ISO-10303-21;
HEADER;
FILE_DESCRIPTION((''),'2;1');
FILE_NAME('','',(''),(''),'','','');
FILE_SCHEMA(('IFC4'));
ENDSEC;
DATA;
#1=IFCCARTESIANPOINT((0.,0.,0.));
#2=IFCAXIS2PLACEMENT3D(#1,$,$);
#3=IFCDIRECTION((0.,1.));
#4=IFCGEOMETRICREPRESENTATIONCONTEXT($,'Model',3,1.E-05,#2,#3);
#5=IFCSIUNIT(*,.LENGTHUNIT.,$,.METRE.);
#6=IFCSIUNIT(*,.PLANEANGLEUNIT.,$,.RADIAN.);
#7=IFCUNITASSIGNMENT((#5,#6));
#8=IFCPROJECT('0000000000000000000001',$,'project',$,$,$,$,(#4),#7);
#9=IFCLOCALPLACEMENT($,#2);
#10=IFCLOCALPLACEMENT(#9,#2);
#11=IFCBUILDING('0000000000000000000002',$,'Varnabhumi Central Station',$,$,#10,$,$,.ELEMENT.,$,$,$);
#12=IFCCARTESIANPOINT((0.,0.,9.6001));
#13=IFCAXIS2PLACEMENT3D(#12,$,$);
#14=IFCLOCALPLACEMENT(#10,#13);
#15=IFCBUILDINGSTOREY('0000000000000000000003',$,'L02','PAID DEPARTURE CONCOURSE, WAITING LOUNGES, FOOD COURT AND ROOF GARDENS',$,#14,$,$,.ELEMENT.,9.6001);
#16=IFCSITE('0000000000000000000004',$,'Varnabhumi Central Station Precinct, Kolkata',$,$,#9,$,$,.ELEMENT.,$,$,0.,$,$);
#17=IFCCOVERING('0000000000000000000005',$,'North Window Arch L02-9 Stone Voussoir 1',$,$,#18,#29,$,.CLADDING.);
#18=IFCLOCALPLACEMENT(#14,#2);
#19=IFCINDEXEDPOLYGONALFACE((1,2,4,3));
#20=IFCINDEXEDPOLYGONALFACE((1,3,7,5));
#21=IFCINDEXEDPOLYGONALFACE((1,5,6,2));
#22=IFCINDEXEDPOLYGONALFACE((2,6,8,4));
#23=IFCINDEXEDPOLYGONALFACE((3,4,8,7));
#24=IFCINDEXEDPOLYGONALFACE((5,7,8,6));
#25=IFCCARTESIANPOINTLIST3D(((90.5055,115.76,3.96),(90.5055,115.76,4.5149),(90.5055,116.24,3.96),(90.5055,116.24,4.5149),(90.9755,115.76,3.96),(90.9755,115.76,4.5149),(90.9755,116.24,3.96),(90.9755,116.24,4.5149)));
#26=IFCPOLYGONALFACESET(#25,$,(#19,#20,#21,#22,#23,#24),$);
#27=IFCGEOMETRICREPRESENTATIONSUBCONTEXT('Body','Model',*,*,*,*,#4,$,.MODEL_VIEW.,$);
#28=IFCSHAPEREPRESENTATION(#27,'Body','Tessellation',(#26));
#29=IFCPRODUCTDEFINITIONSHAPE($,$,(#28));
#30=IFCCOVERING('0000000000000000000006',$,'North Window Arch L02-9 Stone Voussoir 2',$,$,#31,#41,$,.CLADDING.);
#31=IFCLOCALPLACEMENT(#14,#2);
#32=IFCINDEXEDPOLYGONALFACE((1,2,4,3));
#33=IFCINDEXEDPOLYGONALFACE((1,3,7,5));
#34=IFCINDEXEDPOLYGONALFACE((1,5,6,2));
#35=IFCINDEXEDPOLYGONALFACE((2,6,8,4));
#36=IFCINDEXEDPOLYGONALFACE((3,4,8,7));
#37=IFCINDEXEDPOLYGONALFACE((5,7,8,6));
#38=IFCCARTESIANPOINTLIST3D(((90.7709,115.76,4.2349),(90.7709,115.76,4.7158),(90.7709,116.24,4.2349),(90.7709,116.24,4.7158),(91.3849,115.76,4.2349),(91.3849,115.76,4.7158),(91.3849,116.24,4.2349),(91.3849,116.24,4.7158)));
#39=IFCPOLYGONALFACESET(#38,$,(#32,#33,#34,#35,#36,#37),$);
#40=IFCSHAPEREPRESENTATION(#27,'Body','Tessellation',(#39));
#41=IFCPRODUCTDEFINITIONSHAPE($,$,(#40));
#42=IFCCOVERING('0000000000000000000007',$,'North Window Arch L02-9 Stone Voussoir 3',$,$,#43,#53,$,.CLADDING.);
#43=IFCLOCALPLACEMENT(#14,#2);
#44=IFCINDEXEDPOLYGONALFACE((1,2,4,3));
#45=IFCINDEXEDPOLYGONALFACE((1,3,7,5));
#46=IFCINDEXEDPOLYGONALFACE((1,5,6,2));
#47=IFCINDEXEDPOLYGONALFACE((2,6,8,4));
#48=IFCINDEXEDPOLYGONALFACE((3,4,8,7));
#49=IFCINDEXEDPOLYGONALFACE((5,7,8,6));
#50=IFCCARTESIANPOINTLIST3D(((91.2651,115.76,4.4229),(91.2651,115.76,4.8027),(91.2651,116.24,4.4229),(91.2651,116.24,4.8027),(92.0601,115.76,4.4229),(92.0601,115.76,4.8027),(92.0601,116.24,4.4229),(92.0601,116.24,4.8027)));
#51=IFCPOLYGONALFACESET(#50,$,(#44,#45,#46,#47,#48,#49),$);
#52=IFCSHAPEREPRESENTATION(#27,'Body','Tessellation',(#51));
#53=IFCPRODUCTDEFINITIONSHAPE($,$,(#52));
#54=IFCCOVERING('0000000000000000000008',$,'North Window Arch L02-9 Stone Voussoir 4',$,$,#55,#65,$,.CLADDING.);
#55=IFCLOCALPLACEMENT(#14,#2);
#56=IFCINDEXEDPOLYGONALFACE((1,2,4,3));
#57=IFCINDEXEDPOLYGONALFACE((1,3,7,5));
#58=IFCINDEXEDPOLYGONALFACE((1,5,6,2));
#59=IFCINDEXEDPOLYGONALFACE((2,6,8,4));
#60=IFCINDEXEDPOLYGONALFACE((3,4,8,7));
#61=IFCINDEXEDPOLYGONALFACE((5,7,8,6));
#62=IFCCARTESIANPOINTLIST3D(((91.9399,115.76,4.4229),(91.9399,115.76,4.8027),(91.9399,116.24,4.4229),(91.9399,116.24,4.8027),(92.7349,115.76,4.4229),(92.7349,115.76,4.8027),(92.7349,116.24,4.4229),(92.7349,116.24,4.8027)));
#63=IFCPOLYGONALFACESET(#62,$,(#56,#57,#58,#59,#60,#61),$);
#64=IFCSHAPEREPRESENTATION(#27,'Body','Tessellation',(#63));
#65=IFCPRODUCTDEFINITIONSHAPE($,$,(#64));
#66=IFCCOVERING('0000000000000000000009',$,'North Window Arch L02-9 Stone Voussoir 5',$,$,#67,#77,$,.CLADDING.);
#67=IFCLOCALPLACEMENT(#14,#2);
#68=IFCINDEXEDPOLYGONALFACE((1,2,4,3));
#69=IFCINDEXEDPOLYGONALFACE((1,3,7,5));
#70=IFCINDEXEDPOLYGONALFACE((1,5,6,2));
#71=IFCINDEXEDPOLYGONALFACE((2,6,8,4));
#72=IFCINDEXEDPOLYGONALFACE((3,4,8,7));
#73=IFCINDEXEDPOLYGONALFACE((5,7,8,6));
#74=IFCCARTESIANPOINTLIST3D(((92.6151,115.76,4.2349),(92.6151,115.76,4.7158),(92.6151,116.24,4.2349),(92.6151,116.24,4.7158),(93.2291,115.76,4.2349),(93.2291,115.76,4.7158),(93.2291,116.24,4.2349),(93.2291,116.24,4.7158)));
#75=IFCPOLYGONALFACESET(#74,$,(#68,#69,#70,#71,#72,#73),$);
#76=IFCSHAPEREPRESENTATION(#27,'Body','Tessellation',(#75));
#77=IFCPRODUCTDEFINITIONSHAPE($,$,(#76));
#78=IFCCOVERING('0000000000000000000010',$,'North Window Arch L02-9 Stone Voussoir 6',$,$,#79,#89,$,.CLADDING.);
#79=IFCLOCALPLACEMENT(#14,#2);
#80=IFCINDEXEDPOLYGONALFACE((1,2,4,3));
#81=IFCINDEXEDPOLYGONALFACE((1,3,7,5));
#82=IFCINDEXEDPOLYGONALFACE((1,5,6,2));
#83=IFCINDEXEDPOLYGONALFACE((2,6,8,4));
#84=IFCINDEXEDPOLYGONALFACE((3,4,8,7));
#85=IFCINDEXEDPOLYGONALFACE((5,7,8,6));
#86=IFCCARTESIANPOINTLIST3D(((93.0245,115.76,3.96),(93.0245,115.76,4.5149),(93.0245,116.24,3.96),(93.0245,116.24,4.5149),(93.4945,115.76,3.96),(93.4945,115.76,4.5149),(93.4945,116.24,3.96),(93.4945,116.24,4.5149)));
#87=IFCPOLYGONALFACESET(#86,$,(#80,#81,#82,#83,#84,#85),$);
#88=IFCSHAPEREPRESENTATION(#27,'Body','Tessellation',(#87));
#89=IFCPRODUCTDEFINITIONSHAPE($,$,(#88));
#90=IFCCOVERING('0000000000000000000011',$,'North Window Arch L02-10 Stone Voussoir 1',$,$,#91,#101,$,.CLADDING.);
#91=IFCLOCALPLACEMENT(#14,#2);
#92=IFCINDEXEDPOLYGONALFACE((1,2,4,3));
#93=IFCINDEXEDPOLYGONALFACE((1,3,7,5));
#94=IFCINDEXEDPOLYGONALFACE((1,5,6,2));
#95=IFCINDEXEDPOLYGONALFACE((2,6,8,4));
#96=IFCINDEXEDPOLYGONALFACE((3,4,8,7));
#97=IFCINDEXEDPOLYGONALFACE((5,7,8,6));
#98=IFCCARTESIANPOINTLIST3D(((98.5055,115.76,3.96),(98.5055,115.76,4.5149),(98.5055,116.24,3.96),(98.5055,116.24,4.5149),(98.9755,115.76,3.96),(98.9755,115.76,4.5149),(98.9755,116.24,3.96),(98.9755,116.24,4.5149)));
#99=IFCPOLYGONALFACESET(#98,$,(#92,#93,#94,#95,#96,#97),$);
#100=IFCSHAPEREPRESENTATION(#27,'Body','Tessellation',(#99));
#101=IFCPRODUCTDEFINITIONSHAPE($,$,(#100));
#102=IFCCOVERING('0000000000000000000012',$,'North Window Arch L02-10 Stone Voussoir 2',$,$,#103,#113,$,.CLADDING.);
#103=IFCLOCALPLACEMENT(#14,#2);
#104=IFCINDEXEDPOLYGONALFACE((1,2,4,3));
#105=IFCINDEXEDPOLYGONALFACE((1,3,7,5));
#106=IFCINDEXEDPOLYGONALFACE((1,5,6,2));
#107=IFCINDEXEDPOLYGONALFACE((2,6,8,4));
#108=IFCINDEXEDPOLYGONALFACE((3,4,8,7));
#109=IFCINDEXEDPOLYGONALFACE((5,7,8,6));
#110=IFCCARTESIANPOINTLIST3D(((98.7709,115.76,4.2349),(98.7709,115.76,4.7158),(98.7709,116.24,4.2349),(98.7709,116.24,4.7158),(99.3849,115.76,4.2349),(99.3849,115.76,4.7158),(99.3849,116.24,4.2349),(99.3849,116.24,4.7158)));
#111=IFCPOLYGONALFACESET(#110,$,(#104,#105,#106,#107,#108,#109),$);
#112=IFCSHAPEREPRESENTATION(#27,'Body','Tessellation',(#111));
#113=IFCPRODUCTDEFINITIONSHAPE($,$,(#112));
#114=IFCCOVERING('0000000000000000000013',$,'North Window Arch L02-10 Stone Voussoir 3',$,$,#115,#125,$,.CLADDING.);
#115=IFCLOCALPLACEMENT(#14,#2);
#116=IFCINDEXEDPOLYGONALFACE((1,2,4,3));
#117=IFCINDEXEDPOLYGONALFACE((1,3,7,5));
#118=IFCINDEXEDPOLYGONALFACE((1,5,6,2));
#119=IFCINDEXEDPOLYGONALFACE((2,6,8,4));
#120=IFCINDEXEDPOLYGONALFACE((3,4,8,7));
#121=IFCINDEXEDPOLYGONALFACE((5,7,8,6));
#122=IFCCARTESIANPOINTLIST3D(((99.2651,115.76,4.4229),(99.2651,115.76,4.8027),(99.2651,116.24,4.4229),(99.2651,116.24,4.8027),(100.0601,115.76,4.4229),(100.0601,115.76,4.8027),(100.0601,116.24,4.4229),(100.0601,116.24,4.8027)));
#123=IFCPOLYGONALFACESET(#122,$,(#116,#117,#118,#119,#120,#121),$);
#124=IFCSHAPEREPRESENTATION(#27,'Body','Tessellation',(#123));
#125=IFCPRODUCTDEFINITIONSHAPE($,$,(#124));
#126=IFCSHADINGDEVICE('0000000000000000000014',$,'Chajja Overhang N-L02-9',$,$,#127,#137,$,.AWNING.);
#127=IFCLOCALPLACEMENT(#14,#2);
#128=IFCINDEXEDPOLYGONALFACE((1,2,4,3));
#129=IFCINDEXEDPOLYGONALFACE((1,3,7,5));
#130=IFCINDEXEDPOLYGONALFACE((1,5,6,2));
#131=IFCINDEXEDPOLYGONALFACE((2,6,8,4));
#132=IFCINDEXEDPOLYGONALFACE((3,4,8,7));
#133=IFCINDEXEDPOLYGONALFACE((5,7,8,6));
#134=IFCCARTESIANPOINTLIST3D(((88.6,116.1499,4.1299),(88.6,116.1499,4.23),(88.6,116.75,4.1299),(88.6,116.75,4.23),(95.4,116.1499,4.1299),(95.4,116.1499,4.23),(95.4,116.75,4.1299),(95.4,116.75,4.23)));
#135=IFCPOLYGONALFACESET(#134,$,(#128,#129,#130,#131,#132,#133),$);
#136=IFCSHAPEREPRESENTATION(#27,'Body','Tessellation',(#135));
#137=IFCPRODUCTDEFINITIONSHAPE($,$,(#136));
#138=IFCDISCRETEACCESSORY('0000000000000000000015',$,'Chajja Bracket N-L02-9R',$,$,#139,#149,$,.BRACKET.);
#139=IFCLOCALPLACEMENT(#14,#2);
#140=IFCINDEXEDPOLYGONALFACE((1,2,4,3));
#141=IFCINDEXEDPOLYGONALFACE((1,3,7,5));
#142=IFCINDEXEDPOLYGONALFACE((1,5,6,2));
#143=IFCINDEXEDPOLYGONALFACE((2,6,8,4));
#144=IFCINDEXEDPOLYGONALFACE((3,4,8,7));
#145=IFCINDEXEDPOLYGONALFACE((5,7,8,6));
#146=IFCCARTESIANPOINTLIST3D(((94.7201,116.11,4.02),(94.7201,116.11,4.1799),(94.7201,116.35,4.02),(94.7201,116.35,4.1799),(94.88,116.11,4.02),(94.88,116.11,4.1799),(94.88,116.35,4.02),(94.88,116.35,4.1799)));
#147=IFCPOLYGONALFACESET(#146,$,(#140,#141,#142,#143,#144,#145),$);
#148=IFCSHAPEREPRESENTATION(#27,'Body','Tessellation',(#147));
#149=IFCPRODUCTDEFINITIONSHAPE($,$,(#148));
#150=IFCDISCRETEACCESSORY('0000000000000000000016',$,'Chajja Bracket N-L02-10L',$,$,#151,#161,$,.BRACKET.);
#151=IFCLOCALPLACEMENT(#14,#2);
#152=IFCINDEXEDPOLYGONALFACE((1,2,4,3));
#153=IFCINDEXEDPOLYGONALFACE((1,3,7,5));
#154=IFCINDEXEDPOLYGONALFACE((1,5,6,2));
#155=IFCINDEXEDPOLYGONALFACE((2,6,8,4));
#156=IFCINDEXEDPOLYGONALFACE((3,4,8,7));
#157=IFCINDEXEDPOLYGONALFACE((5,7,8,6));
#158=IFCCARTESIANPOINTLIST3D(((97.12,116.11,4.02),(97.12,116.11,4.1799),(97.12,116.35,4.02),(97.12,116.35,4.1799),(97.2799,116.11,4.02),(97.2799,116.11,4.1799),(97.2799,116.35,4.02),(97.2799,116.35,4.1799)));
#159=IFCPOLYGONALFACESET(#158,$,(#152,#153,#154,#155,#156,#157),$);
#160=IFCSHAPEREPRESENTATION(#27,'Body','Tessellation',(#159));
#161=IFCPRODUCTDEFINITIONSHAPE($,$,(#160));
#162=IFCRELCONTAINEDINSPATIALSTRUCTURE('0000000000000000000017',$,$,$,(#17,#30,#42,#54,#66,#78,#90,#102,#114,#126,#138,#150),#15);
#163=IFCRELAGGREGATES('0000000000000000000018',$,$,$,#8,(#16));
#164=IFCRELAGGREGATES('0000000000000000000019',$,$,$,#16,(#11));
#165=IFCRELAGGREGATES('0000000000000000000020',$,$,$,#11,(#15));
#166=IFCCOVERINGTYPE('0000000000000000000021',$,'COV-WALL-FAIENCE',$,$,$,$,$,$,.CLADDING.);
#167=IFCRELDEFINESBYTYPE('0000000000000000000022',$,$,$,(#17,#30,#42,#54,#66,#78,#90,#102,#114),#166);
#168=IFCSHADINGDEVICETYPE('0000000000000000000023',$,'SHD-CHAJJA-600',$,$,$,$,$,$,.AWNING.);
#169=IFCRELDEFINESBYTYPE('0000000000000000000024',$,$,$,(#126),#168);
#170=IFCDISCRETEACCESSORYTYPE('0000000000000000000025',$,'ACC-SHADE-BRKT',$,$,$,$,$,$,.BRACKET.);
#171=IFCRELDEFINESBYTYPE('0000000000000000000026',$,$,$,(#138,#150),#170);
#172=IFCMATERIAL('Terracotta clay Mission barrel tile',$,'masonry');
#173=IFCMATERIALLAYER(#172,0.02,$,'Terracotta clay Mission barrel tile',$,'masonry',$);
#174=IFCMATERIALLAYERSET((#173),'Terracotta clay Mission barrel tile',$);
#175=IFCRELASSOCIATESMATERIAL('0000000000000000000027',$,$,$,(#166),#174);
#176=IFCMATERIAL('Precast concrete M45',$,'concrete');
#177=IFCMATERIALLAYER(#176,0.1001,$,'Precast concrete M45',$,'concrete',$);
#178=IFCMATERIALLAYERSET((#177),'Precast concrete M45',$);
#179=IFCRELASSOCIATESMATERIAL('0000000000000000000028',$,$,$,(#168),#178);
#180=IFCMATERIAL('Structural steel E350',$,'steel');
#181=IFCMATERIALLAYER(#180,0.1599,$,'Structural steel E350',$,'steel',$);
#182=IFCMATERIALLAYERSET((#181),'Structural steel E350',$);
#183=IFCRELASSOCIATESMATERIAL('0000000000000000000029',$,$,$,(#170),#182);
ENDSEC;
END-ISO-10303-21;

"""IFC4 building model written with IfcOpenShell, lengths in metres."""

from ifc_helpers import new_model, si_unit, direction, frame, origin, origin_2d, place, context, subcontext, project, spatial, rectangle, extrude, material, layer, layer_set, type_object, element, save


model = new_model("IFC4")

# Units and contexts
model_context = context("Model", 3, precision=1e-05, world=origin(), true_north=direction((0.0, 1.0)))
body_context = subcontext(model_context, "Body", "Model", "MODEL_VIEW")
ifc_project = project(units=[si_unit("LENGTHUNIT", "METRE"), si_unit("PLANEANGLEUNIT", "RADIAN")], contexts=[model_context])

# Site, building, storey
site_placement = place(None, origin())
site = spatial("IfcSite", under=ifc_project, at=site_placement, Name="Varnabhumi Central Station Precinct, Kolkata", CompositionType="ELEMENT", RefElevation=0.0)
building_placement = place(site_placement, origin())
building = spatial("IfcBuilding", under=site, at=building_placement, Name="Varnabhumi Central Station", CompositionType="ELEMENT")
storey_placement = place(building_placement, frame((0.0, 0.0, 9.6001)))
storey = spatial("IfcBuildingStorey", under=building, at=storey_placement, Name="L02", Description="PAID DEPARTURE CONCOURSE, WAITING LOUNGES, FOOD COURT AND ROOF GARDENS", CompositionType="ELEMENT", Elevation=9.6001)

# Shared definitions
ifc_material_1 = material(Name="Structural steel E350", Category="steel")

# Coverings
ifc_material_2 = material(Name="Terracotta clay Mission barrel tile", Category="masonry")
ifc_layer_1 = layer(ifc_material_2, 0.02, Name="Terracotta clay Mission barrel tile", Category="masonry")
ifc_layer_set_1 = layer_set([ifc_layer_1], Name="Terracotta clay Mission barrel tile")
covering_type = type_object("IfcCoveringType", Name="COV-WALL-FAIENCE", PredefinedType="CLADDING", material=ifc_layer_set_1)
covering_1_placement = place(storey_placement, frame((90.7405, 116.0, 3.96), z_axis=(0.0, 0.0, 1.0), x_axis=(1.0, 0.0, 0.0)))
element("IfcCovering", 1, at=covering_1_placement, inside=storey, type_object=covering_type, Name="North Window Arch L02-9 Stone Voussoir 1", PredefinedType="CLADDING", context=body_context, shape_type="SweptSolid", body=[
    extrude(rectangle(XDim=0.47, YDim=0.48, at=origin_2d()), origin(), (0.0, 0.0, 1.0), 0.5549),
])
covering_2_placement = place(storey_placement, frame((91.0779, 116.0, 4.2349), z_axis=(0.0, 0.0, 1.0), x_axis=(1.0, 0.0, 0.0)))
element("IfcCovering", 2, at=covering_2_placement, inside=storey, type_object=covering_type, Name="North Window Arch L02-9 Stone Voussoir 2", PredefinedType="CLADDING", context=body_context, shape_type="SweptSolid", body=[
    extrude(rectangle(XDim=0.614, YDim=0.48, at=origin_2d()), origin(), (0.0, 0.0, 1.0), 0.481),
])
for number, where, z_axis, x_axis, name in (
    (3, (91.6626, 116.0, 4.4229), (0.0, 0.0, 1.0), (1.0, 0.0, 0.0), "North Window Arch L02-9 Stone Voussoir 3"),
    (4, (92.3374, 116.0, 4.4229), (0.0, 0.0, 1.0), (1.0, 0.0, 0.0), "North Window Arch L02-9 Stone Voussoir 4"),
):
    element("IfcCovering", number, at=place(storey_placement, frame(where, z_axis=z_axis, x_axis=x_axis)), inside=storey, type_object=covering_type, Name=name, PredefinedType="CLADDING", context=body_context, shape_type="SweptSolid", body=[
        extrude(rectangle(XDim=0.7949, YDim=0.48, at=origin_2d()), origin(), (0.0, 0.0, 1.0), 0.3799),
    ])
covering_3_placement = place(storey_placement, frame((92.9221, 116.0, 4.2349), z_axis=(0.0, 0.0, 1.0), x_axis=(1.0, 0.0, 0.0)))
element("IfcCovering", 5, at=covering_3_placement, inside=storey, type_object=covering_type, Name="North Window Arch L02-9 Stone Voussoir 5", PredefinedType="CLADDING", context=body_context, shape_type="SweptSolid", body=[
    extrude(rectangle(XDim=0.614, YDim=0.48, at=origin_2d()), origin(), (0.0, 0.0, 1.0), 0.481),
])
for number, where, z_axis, x_axis, name in (
    (6, (93.2595, 116.0, 3.96), (0.0, 0.0, 1.0), (1.0, 0.0, 0.0), "North Window Arch L02-9 Stone Voussoir 6"),
    (7, (98.7405, 116.0, 3.96), (0.0, 0.0, 1.0), (1.0, 0.0, 0.0), "North Window Arch L02-10 Stone Voussoir 1"),
):
    element("IfcCovering", number, at=place(storey_placement, frame(where, z_axis=z_axis, x_axis=x_axis)), inside=storey, type_object=covering_type, Name=name, PredefinedType="CLADDING", context=body_context, shape_type="SweptSolid", body=[
        extrude(rectangle(XDim=0.47, YDim=0.48, at=origin_2d()), origin(), (0.0, 0.0, 1.0), 0.5549),
    ])
covering_4_placement = place(storey_placement, frame((99.0779, 116.0, 4.2349), z_axis=(0.0, 0.0, 1.0), x_axis=(1.0, 0.0, 0.0)))
element("IfcCovering", 8, at=covering_4_placement, inside=storey, type_object=covering_type, Name="North Window Arch L02-10 Stone Voussoir 2", PredefinedType="CLADDING", context=body_context, shape_type="SweptSolid", body=[
    extrude(rectangle(XDim=0.614, YDim=0.48, at=origin_2d()), origin(), (0.0, 0.0, 1.0), 0.481),
])
covering_5_placement = place(storey_placement, frame((99.6626, 116.0, 4.4229), z_axis=(0.0, 0.0, 1.0), x_axis=(1.0, 0.0, 0.0)))
element("IfcCovering", 9, at=covering_5_placement, inside=storey, type_object=covering_type, Name="North Window Arch L02-10 Stone Voussoir 3", PredefinedType="CLADDING", context=body_context, shape_type="SweptSolid", body=[
    extrude(rectangle(XDim=0.7949, YDim=0.48, at=origin_2d()), origin(), (0.0, 0.0, 1.0), 0.3799),
])

# Shading device
ifc_material_3 = material(Name="Precast concrete M45", Category="concrete")
ifc_layer_2 = layer(ifc_material_3, 0.1001, Name="Precast concrete M45", Category="concrete")
ifc_layer_set_2 = layer_set([ifc_layer_2], Name="Precast concrete M45")
shading_device_type = type_object("IfcShadingDeviceType", Name="SHD-CHAJJA-600", PredefinedType="AWNING", material=ifc_layer_set_2)
shading_device_placement = place(storey_placement, frame((92.0, 116.45, 4.1299), z_axis=(0.0, 0.0, 1.0), x_axis=(1.0, 0.0, 0.0)))
element("IfcShadingDevice", 10, at=shading_device_placement, inside=storey, type_object=shading_device_type, Name="Chajja Overhang N-L02-9", PredefinedType="AWNING", context=body_context, shape_type="SweptSolid", body=[
    extrude(rectangle(XDim=6.8, YDim=0.6001, at=origin_2d()), origin(), (0.0, 0.0, 1.0), 0.1001),
])

# Discrete accessories
ifc_layer_3 = layer(ifc_material_1, 0.1599, Name="Structural steel E350", Category="steel")
ifc_layer_set_3 = layer_set([ifc_layer_3], Name="Structural steel E350")
discrete_accessory_type = type_object("IfcDiscreteAccessoryType", Name="ACC-SHADE-BRKT", PredefinedType="BRACKET", material=ifc_layer_set_3)
for number, where, z_axis, x_axis, name in (
    (11, (94.8, 116.23, 4.02), (0.0, 0.0, 1.0), (1.0, 0.0, 0.0), "Chajja Bracket N-L02-9R"),
    (12, (97.2, 116.23, 4.02), (0.0, 0.0, 1.0), (1.0, 0.0, 0.0), "Chajja Bracket N-L02-10L"),
):
    element("IfcDiscreteAccessory", number, at=place(storey_placement, frame(where, z_axis=z_axis, x_axis=x_axis)), inside=storey, type_object=discrete_accessory_type, Name=name, PredefinedType="BRACKET", context=body_context, shape_type="SweptSolid", body=[
        extrude(rectangle(XDim=0.1599, YDim=0.24, at=origin_2d()), origin(), (0.0, 0.0, 1.0), 0.1599),
    ])

save(model, "model.ifc")
